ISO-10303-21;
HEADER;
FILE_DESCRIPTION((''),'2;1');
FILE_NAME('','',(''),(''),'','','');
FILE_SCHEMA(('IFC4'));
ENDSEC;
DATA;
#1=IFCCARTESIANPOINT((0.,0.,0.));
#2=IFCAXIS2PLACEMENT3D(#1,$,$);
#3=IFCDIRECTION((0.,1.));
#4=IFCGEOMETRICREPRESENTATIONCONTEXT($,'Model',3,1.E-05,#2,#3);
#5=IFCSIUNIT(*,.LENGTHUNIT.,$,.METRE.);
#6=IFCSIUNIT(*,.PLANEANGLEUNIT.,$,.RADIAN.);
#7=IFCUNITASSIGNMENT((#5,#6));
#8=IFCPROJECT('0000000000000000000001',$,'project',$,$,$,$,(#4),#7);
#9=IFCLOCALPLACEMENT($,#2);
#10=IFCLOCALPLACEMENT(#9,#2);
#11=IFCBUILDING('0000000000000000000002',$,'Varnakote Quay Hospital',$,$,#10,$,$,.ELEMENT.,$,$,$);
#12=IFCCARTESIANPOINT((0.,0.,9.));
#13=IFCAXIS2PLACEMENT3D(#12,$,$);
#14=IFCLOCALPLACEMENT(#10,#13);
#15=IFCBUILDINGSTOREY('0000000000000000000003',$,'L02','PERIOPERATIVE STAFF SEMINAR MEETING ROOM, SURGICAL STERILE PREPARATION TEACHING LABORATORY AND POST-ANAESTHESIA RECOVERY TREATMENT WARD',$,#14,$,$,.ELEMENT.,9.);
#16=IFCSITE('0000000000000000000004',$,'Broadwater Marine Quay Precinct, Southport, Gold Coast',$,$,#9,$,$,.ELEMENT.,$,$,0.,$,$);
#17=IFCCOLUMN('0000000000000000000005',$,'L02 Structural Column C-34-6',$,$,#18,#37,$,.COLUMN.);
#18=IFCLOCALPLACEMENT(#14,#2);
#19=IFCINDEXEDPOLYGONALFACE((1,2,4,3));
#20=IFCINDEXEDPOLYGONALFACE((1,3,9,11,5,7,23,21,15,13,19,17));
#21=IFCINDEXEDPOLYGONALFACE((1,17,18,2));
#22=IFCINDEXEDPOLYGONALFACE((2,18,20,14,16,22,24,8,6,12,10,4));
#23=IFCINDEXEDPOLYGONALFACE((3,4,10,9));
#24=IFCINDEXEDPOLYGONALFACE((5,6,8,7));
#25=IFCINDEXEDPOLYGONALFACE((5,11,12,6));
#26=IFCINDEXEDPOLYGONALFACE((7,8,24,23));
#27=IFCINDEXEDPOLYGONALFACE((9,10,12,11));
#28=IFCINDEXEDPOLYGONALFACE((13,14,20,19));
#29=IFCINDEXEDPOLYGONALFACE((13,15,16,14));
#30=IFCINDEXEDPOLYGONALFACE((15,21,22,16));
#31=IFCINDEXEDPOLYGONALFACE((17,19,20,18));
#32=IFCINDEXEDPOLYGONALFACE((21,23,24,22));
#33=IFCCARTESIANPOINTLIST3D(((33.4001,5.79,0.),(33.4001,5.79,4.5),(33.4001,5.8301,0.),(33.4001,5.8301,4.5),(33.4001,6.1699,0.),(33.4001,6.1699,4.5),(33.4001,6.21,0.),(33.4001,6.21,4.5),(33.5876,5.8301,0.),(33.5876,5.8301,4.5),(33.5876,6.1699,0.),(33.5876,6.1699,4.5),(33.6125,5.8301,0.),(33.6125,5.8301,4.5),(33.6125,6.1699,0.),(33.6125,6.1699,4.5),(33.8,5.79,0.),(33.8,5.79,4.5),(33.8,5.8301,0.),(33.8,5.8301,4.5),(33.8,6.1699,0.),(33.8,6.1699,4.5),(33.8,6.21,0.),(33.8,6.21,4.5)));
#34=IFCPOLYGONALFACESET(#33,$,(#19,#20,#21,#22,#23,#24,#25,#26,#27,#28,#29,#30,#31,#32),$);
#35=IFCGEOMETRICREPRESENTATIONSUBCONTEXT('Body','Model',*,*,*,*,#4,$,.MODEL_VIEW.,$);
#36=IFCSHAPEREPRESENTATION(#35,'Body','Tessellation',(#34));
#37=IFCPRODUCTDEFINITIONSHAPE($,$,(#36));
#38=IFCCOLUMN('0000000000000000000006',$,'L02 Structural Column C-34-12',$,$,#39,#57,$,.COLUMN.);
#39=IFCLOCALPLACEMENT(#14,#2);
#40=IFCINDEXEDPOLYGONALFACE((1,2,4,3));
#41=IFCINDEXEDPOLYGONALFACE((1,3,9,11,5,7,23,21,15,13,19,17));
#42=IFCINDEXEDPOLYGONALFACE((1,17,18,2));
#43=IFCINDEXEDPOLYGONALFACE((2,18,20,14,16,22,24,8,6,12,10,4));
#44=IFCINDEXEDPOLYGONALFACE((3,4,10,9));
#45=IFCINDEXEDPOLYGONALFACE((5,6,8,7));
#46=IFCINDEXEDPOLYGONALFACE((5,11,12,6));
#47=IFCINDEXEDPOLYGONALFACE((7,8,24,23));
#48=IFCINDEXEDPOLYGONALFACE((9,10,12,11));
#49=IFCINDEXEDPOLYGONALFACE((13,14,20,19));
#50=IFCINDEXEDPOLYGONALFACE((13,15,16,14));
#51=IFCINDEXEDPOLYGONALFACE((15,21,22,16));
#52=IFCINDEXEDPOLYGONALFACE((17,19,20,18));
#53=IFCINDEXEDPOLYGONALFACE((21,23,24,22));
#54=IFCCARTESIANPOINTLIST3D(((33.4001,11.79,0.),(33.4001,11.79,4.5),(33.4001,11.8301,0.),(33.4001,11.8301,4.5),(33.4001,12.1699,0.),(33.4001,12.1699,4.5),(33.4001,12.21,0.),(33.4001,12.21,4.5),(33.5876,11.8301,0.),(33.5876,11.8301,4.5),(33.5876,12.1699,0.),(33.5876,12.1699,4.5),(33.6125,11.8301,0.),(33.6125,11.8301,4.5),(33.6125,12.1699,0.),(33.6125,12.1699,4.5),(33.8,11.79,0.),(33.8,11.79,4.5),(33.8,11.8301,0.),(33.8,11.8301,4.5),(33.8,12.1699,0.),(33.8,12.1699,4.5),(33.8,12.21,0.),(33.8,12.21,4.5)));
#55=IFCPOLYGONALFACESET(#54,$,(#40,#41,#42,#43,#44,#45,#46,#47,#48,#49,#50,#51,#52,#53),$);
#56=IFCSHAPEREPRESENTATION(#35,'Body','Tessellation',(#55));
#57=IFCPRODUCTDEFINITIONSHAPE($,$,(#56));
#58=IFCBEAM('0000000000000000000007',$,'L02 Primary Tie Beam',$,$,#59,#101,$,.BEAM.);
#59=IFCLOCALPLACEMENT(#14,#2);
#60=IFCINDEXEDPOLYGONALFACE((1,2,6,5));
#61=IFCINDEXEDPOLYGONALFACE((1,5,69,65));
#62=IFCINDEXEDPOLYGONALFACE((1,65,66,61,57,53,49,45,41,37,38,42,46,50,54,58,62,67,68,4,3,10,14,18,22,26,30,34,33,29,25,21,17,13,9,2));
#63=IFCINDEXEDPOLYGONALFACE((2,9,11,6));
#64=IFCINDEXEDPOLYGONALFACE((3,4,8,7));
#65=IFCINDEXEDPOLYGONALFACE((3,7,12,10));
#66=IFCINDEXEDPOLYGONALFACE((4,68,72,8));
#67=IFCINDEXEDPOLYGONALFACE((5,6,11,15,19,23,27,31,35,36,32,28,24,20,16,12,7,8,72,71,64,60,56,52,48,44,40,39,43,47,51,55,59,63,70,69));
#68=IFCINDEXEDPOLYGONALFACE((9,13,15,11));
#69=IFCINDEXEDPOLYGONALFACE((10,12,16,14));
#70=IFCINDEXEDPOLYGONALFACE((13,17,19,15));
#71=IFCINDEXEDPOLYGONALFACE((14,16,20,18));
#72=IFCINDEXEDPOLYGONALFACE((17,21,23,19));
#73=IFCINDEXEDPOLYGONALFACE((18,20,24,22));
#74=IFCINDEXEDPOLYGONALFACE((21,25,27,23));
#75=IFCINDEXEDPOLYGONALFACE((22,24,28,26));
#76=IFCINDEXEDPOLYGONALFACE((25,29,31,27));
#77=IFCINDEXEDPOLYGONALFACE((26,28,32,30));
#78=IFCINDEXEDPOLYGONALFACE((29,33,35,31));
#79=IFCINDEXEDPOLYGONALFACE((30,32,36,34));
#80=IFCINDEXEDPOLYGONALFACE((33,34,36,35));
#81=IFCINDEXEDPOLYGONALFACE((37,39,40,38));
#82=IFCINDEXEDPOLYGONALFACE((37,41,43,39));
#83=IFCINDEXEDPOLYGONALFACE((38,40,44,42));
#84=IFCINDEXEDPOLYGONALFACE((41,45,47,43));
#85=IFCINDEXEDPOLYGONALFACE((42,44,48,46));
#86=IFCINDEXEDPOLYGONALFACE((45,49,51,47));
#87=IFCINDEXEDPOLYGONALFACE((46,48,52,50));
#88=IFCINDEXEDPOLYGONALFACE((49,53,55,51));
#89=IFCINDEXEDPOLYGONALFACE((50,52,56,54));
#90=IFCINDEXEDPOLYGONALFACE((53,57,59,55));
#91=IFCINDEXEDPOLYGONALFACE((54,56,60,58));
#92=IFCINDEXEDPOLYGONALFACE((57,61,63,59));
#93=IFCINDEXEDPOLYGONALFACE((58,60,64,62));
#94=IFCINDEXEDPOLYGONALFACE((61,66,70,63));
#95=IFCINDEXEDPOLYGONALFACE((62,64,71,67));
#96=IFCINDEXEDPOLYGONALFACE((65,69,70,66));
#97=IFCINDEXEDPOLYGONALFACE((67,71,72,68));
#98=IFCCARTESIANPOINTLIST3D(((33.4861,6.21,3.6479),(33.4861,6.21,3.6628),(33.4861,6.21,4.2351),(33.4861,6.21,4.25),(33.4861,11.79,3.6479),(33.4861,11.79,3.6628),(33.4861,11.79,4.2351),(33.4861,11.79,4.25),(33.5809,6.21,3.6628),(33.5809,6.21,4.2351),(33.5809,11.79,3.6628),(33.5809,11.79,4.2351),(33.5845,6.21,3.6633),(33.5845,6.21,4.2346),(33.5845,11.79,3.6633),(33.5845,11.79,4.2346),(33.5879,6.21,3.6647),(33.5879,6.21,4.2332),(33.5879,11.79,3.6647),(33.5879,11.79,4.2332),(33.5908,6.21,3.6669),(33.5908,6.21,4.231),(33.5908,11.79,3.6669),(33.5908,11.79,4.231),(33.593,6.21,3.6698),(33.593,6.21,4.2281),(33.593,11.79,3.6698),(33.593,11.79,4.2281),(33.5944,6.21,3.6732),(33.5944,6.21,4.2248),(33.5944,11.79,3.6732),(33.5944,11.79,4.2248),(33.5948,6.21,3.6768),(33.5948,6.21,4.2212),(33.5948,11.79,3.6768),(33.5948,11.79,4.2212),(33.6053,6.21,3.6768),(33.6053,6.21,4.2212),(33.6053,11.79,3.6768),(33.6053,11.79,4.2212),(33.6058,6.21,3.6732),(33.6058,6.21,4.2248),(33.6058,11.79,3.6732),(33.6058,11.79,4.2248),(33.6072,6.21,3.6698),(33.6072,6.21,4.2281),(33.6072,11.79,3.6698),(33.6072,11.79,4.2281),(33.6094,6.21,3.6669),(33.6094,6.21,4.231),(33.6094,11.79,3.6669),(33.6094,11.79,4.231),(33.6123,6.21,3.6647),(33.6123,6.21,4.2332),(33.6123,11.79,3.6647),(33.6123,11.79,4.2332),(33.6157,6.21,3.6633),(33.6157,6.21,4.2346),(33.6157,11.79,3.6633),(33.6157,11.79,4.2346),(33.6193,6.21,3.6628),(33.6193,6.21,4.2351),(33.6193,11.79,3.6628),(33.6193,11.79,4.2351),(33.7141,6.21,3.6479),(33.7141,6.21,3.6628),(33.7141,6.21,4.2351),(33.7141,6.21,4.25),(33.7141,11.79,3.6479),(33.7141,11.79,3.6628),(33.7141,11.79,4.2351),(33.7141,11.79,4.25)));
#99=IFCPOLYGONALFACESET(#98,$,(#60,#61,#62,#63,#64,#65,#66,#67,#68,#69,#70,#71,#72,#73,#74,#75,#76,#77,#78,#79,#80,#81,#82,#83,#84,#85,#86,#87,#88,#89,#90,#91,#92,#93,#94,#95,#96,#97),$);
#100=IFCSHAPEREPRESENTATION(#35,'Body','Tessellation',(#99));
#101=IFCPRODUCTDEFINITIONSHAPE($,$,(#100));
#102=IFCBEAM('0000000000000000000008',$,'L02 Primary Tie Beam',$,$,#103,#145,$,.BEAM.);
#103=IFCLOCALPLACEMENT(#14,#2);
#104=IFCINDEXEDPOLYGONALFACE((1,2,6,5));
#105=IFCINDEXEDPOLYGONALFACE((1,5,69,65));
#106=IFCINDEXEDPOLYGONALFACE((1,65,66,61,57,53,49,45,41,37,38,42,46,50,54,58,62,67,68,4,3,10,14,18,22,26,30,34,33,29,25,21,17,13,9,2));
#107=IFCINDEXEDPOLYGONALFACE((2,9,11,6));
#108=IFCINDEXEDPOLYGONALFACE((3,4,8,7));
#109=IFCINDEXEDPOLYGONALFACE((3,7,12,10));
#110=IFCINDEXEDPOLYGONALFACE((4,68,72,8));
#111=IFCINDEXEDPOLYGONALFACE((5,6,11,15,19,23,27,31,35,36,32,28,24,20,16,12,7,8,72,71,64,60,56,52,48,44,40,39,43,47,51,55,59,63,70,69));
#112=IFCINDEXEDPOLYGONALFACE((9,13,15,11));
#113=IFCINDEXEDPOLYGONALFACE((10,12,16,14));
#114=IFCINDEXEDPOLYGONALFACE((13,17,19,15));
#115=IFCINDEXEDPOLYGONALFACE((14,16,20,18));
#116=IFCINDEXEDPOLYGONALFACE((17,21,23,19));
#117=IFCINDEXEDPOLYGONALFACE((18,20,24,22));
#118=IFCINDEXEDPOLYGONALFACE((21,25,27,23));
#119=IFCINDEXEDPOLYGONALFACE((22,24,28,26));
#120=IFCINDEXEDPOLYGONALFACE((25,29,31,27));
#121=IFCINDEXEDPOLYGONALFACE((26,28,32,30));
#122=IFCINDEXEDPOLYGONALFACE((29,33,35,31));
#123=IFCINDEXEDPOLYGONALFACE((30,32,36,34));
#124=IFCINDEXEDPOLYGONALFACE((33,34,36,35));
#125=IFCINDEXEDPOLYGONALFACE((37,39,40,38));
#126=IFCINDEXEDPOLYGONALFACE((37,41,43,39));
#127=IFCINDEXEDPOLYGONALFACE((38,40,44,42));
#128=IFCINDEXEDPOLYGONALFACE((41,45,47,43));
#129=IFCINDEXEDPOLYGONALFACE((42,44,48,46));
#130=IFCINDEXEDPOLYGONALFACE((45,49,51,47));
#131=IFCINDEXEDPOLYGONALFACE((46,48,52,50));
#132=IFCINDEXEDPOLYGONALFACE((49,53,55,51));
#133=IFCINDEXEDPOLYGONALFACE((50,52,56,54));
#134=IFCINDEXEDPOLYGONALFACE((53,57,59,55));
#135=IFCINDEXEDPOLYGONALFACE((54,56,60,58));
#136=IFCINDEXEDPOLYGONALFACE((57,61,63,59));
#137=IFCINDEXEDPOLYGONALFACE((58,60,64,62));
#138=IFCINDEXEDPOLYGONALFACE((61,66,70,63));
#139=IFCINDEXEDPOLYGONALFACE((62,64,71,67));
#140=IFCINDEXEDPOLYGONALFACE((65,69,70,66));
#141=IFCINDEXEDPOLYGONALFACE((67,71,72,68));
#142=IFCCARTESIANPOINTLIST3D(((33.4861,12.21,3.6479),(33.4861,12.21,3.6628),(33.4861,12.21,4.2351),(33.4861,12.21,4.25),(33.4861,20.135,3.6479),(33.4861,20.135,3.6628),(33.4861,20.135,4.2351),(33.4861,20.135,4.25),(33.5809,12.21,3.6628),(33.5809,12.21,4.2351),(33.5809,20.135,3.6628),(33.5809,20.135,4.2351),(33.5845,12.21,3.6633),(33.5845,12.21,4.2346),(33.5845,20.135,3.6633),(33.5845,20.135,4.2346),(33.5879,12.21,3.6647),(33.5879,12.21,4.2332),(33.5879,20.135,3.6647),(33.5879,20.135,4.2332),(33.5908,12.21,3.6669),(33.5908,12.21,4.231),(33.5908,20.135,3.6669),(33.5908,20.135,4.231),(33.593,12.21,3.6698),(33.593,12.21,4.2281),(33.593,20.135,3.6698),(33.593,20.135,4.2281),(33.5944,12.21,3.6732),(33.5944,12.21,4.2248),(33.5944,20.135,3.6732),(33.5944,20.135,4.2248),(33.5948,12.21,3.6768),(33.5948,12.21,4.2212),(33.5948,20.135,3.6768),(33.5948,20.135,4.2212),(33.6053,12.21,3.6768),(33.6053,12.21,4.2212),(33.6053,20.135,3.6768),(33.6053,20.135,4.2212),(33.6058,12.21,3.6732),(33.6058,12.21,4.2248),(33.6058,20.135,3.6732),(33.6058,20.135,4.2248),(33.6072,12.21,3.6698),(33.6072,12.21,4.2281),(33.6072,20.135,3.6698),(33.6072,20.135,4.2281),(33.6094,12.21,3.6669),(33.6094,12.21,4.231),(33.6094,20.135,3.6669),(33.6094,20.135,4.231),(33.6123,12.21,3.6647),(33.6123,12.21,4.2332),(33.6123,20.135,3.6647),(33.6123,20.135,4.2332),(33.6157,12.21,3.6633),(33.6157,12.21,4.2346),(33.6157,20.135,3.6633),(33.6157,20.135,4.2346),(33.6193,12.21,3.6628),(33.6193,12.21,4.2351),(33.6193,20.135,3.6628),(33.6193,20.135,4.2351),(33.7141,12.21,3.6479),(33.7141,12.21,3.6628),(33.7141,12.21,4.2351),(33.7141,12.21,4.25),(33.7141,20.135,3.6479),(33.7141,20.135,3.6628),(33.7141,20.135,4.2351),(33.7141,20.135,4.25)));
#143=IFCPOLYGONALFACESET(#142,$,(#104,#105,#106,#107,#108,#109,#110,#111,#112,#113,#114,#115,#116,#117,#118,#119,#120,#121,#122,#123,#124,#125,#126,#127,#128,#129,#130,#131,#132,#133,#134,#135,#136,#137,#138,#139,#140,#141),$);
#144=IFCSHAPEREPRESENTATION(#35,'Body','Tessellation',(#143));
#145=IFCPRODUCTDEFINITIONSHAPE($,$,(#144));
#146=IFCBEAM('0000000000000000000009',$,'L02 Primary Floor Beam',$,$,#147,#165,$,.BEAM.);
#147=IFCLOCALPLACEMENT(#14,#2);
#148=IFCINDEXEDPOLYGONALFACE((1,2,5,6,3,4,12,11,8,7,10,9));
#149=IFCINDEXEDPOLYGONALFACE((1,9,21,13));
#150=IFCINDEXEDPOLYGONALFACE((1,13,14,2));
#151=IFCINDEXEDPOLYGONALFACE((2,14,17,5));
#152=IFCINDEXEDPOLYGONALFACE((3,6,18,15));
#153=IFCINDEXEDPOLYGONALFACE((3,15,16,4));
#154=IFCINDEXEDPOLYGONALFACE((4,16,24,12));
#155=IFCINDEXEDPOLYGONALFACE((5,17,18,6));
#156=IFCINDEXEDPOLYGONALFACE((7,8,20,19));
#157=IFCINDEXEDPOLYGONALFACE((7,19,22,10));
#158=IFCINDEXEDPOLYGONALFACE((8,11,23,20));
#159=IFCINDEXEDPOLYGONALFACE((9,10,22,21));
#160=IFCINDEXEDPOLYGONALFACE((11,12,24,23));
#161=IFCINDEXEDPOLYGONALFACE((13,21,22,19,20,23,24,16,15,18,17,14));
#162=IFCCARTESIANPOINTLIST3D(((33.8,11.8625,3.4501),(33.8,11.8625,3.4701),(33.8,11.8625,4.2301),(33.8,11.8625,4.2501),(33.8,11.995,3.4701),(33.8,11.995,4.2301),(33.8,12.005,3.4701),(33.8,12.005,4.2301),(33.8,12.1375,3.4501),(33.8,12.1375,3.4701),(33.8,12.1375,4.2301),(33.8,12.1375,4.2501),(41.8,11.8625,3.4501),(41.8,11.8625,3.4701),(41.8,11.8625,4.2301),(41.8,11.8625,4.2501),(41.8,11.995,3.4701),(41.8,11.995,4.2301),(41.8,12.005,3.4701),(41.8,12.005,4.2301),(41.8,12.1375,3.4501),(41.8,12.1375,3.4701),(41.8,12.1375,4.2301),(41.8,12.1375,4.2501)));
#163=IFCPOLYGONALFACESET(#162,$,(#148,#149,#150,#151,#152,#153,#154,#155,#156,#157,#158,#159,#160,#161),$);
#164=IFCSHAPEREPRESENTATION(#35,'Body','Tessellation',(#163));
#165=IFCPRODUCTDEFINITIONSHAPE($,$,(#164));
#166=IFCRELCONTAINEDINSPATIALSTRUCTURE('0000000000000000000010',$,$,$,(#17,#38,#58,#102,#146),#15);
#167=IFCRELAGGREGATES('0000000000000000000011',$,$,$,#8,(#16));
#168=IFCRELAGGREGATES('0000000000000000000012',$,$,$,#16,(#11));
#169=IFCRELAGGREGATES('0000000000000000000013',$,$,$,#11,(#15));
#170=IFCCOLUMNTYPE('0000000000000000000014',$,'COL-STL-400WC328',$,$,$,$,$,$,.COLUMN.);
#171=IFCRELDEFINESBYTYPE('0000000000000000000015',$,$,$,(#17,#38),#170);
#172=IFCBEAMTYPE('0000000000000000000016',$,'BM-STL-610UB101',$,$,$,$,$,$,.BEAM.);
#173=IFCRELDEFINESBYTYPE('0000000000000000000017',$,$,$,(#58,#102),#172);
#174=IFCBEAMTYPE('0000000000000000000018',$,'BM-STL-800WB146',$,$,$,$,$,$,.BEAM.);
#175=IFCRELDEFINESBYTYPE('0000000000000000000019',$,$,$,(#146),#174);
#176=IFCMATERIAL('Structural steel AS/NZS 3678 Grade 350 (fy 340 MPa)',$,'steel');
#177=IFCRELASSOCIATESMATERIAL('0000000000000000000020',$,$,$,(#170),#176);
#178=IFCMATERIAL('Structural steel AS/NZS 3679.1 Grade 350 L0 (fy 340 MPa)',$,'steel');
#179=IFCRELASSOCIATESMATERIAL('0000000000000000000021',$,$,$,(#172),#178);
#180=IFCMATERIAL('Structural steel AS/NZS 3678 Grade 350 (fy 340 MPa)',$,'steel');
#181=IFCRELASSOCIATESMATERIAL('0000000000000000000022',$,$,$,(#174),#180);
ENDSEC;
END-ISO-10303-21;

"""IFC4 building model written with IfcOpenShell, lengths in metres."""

from ifc_helpers import new_model, si_unit, direction, frame, origin, origin_2d, place, context, subcontext, project, spatial, i_section, extrude, material, material_profile, profile_set, type_object, element, save


model = new_model("IFC4")

# Units and contexts
model_context = context("Model", 3, precision=1e-05, world=origin(), true_north=direction((0.0, 1.0)))
body_context = subcontext(model_context, "Body", "Model", "MODEL_VIEW")
ifc_project = project(units=[si_unit("LENGTHUNIT", "METRE"), si_unit("PLANEANGLEUNIT", "RADIAN")], contexts=[model_context])

# Site, building, storey
site_placement = place(None, origin())
site = spatial("IfcSite", under=ifc_project, at=site_placement, Name="Broadwater Marine Quay Precinct, Southport, Gold Coast", CompositionType="ELEMENT", RefElevation=0.0)
building_placement = place(site_placement, origin())
building = spatial("IfcBuilding", under=site, at=building_placement, Name="Varnakote Quay Hospital", CompositionType="ELEMENT")
storey_placement = place(building_placement, frame((0.0, 0.0, 9.0)))
storey = spatial("IfcBuildingStorey", under=building, at=storey_placement, Name="L02", Description="PERIOPERATIVE STAFF SEMINAR MEETING ROOM, SURGICAL STERILE PREPARATION TEACHING LABORATORY AND POST-ANAESTHESIA RECOVERY TREATMENT WARD", CompositionType="ELEMENT", Elevation=9.0)

# Columns
ifc_material_1 = material(Name="Structural steel AS/NZS 3678 Grade 350 (fy 340 MPa)", Category="steel")
ifc_material_profile_1 = material_profile(ifc_material_1, i_section(OverallWidth=0.3999, OverallDepth=0.4199, WebThickness=0.0249, FlangeThickness=0.04, at=origin_2d()), Name="400WC328")
ifc_profile_set_1 = profile_set([ifc_material_profile_1], Name="Structural steel AS/NZS 3678 Grade 350 (fy 340 MPa)")
column_type = type_object("IfcColumnType", Name="COL-STL-400WC328", PredefinedType="COLUMN", material=ifc_profile_set_1)
for number, where, z_axis, x_axis, name in (
    (1, (33.6001, 6.0, 0.0), (0.0, 0.0, 1.0), (1.0, 0.0, 0.0), "L02 Structural Column C-34-6"),
    (2, (33.6001, 12.0, 0.0), (0.0, 0.0, 1.0), (1.0, 0.0, 0.0), "L02 Structural Column C-34-12"),
):
    element("IfcColumn", number, at=place(storey_placement, frame(where, z_axis=z_axis, x_axis=x_axis)), inside=storey, type_object=column_type, Name=name, PredefinedType="COLUMN", context=body_context, shape_type="SweptSolid", body=[
        extrude(i_section(OverallWidth=0.3999, OverallDepth=0.4199, WebThickness=0.0249, FlangeThickness=0.04, at=origin_2d()), origin(), (0.0, 0.0, 1.0), 4.5),
    ])

# Beams
ifc_material_2 = material(Name="Structural steel AS/NZS 3679.1 Grade 350 L0 (fy 340 MPa)", Category="steel")
ifc_material_profile_2 = material_profile(ifc_material_2, i_section(OverallWidth=0.228, OverallDepth=0.6021, WebThickness=0.0105, FlangeThickness=0.0149, FilletRadius=0.0139, at=origin_2d()), Name="610UB101")
ifc_profile_set_2 = profile_set([ifc_material_profile_2], Name="Structural steel AS/NZS 3679.1 Grade 350 L0 (fy 340 MPa)")
beam_type_1 = type_object("IfcBeamType", Name="BM-STL-610UB101", PredefinedType="BEAM", material=ifc_profile_set_2)
beam_1_placement = place(storey_placement, frame((33.6001, 6.21, 3.949), z_axis=(0.0, 1.0, 0.0), x_axis=(-1.0, 0.0, 0.0)))
element("IfcBeam", 3, at=beam_1_placement, inside=storey, type_object=beam_type_1, Name="L02 Primary Tie Beam", PredefinedType="BEAM", context=body_context, shape_type="SweptSolid", body=[
    extrude(i_section(OverallWidth=0.228, OverallDepth=0.6021, WebThickness=0.0105, FlangeThickness=0.0149, FilletRadius=0.0139, at=origin_2d()), origin(), (0.0, 0.0, 1.0), 5.5801),
])
beam_2_placement = place(storey_placement, frame((33.6001, 12.21, 3.949), z_axis=(0.0, 1.0, 0.0), x_axis=(-1.0, 0.0, 0.0)))
element("IfcBeam", 4, at=beam_2_placement, inside=storey, type_object=beam_type_1, Name="L02 Primary Tie Beam", PredefinedType="BEAM", context=body_context, shape_type="SweptSolid", body=[
    extrude(i_section(OverallWidth=0.228, OverallDepth=0.6021, WebThickness=0.0105, FlangeThickness=0.0149, FilletRadius=0.0139, at=origin_2d()), origin(), (0.0, 0.0, 1.0), 7.925),
])
ifc_material_3 = material(Name="Structural steel AS/NZS 3678 Grade 350 (fy 340 MPa)", Category="steel")
ifc_material_profile_3 = material_profile(ifc_material_3, i_section(OverallWidth=0.2749, OverallDepth=0.8, WebThickness=0.01, FlangeThickness=0.02, at=origin_2d()), Name="800WB146")
ifc_profile_set_3 = profile_set([ifc_material_profile_3], Name="Structural steel AS/NZS 3678 Grade 350 (fy 340 MPa)")
beam_type_2 = type_object("IfcBeamType", Name="BM-STL-800WB146", PredefinedType="BEAM", material=ifc_profile_set_3)
beam_3_placement = place(storey_placement, frame((33.8, 12.0, 3.8501), z_axis=(1.0, 0.0, 0.0), x_axis=(0.0, 1.0, 0.0)))
element("IfcBeam", 5, at=beam_3_placement, inside=storey, type_object=beam_type_2, Name="L02 Primary Floor Beam", PredefinedType="BEAM", context=body_context, shape_type="SweptSolid", body=[
    extrude(i_section(OverallWidth=0.2749, OverallDepth=0.8, WebThickness=0.01, FlangeThickness=0.02, at=origin_2d()), origin(), (0.0, 0.0, 1.0), 8.0),
])

save(model, "model.ifc")
